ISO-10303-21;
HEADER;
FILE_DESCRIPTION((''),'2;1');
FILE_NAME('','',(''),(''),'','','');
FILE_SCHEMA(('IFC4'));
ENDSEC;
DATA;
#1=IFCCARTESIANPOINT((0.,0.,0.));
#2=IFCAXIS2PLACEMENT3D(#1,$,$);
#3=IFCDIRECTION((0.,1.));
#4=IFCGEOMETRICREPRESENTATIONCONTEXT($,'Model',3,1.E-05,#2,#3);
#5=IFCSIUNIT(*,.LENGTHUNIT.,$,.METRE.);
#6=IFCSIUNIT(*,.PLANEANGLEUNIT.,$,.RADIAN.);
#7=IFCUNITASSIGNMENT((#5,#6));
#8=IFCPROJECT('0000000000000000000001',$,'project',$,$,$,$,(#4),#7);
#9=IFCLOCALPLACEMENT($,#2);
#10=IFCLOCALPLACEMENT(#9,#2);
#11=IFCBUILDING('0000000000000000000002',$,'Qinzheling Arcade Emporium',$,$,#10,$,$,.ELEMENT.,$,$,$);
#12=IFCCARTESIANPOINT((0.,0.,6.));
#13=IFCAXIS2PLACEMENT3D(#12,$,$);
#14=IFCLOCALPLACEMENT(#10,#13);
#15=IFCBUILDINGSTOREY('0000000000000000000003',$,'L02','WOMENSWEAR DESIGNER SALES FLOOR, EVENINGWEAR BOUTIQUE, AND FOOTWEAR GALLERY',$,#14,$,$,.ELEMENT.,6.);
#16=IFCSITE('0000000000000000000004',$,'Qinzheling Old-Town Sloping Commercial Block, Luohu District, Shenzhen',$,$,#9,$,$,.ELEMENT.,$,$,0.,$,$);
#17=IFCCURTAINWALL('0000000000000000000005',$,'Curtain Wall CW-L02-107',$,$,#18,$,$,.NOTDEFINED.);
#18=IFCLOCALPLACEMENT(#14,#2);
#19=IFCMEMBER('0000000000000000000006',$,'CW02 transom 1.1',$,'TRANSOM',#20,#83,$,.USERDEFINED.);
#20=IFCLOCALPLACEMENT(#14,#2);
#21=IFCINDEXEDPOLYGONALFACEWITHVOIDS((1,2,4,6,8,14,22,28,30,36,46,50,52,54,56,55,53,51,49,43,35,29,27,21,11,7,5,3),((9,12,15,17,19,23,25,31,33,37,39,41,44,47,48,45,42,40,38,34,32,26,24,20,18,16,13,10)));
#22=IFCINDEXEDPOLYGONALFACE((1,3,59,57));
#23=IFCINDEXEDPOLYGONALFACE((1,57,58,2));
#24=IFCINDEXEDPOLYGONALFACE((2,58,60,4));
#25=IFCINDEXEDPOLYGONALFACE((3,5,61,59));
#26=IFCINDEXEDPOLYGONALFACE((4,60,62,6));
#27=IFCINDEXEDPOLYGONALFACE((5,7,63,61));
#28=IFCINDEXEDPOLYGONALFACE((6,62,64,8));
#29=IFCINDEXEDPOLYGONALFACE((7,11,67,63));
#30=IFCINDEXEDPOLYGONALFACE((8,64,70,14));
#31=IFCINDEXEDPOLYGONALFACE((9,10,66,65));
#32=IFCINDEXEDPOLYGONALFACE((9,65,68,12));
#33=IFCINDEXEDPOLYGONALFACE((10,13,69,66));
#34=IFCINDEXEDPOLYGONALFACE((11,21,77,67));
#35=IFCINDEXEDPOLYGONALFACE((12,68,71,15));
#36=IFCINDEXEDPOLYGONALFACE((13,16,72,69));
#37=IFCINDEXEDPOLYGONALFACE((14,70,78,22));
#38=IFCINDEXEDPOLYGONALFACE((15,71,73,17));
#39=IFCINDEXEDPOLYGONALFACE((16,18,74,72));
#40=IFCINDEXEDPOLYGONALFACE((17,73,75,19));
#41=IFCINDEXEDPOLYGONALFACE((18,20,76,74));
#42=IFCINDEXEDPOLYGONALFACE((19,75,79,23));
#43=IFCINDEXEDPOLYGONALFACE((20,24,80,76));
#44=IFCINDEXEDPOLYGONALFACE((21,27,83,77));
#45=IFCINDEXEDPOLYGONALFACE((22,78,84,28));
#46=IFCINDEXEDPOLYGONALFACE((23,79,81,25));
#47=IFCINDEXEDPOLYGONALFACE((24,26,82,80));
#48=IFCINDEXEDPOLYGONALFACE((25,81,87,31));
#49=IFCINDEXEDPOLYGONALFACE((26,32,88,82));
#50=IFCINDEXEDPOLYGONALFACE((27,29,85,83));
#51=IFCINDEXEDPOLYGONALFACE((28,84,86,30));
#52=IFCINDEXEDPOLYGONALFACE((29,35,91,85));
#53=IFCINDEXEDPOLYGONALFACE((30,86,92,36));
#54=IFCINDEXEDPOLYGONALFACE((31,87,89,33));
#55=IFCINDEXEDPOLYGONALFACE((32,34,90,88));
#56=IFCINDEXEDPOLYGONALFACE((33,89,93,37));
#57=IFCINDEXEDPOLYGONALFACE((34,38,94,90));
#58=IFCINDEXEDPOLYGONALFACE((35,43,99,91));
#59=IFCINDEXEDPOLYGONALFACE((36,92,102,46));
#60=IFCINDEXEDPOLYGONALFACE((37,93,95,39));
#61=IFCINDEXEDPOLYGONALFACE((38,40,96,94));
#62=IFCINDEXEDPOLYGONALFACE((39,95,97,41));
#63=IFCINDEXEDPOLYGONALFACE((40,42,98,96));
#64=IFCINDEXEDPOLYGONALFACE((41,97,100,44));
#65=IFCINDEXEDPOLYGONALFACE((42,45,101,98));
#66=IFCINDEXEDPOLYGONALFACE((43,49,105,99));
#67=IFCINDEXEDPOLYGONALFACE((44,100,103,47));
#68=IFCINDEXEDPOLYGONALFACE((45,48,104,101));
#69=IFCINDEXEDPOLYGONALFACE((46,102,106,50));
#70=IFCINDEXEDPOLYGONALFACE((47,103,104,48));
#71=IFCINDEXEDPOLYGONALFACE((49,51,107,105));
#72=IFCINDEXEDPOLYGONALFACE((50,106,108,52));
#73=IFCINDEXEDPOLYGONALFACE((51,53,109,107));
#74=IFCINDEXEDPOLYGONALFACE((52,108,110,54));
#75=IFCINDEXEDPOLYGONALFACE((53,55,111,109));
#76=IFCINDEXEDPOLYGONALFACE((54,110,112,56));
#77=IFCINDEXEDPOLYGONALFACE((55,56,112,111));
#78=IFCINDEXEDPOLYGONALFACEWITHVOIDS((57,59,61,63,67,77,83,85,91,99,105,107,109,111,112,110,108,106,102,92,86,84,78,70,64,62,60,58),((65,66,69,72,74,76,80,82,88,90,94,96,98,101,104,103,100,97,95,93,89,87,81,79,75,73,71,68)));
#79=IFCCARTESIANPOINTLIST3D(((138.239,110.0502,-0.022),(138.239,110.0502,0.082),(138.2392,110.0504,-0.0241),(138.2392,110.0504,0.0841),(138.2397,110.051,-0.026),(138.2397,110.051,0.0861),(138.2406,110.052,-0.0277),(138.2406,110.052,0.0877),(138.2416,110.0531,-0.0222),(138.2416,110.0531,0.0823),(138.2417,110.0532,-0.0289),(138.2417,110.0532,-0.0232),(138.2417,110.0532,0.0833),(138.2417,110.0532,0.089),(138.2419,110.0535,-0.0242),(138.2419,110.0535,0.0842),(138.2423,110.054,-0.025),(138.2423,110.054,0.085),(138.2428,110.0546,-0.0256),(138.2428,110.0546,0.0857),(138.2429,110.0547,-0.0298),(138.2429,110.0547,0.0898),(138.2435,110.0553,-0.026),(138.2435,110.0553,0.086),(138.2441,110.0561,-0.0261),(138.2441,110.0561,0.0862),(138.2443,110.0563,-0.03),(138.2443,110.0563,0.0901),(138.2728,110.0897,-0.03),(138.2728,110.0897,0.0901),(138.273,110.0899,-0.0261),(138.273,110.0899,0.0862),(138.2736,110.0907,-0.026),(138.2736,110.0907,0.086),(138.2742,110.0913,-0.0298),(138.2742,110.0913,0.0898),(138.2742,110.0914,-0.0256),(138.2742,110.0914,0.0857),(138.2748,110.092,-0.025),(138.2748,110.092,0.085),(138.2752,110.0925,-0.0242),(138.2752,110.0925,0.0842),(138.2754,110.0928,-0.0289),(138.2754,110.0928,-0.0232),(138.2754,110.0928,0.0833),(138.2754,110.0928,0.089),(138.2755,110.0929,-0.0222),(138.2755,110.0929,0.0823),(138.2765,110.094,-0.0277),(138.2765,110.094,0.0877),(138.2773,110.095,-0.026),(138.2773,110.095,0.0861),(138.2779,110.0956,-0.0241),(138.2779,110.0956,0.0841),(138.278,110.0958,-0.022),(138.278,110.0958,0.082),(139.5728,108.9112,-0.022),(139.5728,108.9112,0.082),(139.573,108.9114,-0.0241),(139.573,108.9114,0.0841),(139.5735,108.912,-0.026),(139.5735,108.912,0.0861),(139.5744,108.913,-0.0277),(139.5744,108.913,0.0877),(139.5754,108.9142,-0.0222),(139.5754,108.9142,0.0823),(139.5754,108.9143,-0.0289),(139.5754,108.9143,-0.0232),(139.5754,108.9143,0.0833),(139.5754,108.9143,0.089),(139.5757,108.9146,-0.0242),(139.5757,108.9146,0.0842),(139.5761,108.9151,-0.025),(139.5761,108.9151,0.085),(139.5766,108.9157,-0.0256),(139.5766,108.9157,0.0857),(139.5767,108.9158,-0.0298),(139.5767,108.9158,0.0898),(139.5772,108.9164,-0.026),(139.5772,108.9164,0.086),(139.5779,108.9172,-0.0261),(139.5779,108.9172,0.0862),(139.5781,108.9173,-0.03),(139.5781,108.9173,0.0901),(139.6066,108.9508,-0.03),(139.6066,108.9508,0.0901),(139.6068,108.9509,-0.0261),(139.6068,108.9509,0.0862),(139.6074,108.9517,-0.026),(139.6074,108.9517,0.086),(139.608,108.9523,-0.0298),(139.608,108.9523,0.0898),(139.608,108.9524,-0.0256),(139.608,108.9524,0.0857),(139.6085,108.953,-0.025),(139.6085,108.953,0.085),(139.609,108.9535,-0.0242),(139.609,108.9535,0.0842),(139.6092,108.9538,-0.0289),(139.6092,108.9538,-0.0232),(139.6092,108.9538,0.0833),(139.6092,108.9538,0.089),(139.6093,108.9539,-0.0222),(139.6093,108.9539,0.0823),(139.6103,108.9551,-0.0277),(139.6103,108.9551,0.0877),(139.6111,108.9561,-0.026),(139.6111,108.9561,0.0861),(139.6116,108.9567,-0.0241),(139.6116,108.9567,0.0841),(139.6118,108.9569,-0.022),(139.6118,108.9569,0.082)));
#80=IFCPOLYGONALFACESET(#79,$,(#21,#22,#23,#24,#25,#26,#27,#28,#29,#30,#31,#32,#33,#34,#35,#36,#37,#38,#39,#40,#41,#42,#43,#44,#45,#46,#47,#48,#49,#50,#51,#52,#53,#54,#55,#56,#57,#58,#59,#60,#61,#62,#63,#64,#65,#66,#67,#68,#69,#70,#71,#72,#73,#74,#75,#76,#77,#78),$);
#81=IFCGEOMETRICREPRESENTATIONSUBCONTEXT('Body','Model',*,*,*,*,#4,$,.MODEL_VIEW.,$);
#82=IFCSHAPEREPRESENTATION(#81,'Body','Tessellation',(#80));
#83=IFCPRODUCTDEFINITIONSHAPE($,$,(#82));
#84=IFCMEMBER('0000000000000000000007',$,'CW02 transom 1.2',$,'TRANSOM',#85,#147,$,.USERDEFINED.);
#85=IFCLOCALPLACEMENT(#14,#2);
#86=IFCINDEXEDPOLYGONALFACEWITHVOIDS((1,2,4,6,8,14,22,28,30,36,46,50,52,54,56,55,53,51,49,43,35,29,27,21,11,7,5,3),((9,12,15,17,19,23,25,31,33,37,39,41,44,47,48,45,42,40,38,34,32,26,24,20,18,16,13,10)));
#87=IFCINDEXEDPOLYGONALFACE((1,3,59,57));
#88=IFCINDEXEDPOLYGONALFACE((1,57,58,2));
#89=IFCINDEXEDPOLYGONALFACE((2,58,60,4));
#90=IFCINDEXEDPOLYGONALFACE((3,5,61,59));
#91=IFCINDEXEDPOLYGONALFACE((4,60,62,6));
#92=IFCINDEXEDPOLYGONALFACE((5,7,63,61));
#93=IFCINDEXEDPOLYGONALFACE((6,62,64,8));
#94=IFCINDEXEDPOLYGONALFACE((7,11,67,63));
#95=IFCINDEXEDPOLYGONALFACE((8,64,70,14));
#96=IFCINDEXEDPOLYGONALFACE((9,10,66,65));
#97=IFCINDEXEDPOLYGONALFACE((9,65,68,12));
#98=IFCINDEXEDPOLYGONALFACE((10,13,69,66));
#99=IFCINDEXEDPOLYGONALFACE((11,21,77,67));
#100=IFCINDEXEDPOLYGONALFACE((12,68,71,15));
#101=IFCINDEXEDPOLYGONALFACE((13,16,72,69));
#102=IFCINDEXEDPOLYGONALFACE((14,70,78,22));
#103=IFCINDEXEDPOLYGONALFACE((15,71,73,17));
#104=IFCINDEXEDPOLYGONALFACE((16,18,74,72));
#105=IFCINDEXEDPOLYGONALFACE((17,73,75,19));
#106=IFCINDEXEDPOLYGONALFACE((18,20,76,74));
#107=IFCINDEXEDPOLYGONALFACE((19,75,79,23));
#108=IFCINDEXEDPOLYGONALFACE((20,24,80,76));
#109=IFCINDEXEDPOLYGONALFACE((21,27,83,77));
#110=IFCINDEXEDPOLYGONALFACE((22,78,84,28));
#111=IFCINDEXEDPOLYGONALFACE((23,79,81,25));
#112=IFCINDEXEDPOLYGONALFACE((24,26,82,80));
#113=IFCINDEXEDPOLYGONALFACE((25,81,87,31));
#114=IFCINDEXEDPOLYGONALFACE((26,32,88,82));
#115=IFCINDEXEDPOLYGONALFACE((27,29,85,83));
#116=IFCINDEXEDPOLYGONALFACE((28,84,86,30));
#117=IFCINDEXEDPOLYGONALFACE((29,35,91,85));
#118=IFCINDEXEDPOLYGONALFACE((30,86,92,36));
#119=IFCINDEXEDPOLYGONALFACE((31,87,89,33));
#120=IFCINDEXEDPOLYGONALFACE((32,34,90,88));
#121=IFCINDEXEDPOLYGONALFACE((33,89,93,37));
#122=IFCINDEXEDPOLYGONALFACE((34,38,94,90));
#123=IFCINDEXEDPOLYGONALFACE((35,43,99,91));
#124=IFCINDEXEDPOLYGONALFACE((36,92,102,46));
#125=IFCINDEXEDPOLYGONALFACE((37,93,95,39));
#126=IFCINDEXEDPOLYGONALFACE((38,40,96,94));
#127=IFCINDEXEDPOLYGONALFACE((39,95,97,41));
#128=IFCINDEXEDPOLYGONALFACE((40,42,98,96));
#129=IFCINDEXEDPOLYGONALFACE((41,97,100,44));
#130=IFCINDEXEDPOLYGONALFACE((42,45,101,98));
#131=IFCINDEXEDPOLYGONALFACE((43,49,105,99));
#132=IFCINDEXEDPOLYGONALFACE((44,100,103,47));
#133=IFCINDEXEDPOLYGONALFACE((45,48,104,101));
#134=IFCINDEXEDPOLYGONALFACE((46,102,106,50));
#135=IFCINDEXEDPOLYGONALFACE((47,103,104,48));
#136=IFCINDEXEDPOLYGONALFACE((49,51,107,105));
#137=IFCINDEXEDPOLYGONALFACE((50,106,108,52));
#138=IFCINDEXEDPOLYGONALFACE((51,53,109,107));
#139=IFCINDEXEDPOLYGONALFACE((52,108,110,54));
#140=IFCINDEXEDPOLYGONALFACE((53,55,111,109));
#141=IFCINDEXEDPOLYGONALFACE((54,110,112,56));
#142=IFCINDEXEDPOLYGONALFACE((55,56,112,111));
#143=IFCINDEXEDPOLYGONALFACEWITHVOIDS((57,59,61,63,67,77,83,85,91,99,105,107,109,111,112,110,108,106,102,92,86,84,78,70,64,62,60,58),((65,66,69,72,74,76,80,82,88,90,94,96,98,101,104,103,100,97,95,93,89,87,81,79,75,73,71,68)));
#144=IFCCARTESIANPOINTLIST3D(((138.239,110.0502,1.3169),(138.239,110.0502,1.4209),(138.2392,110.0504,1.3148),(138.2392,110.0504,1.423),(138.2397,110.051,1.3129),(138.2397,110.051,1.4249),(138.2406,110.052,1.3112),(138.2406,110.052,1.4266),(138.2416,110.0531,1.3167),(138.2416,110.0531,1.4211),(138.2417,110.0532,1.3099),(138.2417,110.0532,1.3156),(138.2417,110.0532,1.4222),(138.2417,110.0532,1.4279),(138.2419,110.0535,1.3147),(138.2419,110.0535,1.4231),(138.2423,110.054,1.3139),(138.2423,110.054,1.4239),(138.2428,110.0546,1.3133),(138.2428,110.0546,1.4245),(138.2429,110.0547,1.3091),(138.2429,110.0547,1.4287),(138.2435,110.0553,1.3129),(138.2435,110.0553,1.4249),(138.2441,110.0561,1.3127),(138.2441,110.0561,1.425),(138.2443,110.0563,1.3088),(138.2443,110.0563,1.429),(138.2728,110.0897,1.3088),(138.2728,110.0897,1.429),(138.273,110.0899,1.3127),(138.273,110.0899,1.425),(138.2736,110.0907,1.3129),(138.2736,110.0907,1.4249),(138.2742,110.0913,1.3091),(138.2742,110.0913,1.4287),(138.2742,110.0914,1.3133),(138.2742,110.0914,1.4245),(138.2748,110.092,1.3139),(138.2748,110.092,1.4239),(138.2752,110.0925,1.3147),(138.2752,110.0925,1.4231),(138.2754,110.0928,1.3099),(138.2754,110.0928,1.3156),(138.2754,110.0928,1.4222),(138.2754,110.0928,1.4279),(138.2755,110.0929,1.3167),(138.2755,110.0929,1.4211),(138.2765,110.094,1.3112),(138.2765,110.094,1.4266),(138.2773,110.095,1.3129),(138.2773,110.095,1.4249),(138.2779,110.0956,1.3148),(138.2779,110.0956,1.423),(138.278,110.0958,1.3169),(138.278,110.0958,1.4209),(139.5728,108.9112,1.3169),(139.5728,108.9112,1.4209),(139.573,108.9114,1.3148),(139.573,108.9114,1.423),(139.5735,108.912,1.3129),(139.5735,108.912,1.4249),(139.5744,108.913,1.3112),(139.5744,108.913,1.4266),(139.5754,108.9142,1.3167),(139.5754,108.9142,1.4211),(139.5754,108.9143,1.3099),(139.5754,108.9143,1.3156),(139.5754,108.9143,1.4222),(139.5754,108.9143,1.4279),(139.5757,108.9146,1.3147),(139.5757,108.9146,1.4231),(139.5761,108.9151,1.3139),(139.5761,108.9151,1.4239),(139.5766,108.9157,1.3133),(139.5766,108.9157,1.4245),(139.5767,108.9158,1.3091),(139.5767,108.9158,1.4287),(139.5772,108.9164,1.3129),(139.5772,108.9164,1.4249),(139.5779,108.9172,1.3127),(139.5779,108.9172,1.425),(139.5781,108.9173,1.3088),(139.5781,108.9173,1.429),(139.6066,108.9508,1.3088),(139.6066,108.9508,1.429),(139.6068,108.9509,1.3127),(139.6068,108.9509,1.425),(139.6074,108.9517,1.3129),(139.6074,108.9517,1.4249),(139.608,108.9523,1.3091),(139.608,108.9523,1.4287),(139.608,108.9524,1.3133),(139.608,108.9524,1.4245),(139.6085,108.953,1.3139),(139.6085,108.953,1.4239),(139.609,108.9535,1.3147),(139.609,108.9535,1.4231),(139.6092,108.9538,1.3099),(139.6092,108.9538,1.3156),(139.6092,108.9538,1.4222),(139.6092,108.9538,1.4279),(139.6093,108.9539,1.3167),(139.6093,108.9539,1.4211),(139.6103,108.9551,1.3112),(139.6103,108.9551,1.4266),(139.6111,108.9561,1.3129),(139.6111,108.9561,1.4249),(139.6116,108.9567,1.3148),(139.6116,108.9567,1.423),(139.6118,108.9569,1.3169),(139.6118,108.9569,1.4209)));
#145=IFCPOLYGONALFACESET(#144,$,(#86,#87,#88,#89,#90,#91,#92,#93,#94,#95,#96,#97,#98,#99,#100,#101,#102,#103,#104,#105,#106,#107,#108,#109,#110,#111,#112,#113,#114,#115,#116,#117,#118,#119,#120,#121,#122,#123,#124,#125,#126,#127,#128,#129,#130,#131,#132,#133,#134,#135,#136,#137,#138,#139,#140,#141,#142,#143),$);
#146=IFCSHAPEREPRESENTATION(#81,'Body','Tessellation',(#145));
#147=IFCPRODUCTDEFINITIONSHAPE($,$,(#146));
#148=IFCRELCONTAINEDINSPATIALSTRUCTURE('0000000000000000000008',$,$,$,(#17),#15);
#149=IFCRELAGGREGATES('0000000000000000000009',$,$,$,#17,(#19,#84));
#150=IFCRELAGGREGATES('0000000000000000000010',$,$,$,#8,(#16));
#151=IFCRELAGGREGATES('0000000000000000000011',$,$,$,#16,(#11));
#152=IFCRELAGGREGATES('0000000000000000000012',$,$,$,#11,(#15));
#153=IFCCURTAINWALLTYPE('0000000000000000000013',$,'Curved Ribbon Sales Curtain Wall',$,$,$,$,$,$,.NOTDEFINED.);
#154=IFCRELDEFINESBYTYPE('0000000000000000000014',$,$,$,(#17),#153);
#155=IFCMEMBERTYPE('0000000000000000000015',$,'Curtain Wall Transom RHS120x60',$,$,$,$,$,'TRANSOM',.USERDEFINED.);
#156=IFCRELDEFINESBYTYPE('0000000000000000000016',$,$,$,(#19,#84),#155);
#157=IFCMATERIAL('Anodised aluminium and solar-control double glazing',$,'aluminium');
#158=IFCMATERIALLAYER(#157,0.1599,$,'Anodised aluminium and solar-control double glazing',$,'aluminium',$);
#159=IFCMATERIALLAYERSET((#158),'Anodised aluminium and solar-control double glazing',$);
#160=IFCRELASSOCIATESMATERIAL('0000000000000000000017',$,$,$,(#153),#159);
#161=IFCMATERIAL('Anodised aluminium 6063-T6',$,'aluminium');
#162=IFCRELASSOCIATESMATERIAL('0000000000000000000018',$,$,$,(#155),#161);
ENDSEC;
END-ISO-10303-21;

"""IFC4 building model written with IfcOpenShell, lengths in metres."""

from ifc_helpers import new_model, si_unit, direction, frame, origin, origin_2d, place, context, subcontext, project, spatial, hollow_rectangle, extrude, material, layer, layer_set, material_profile, profile_set, type_object, element, aggregate, save


model = new_model("IFC4")

# Units and contexts
model_context = context("Model", 3, precision=1e-05, world=origin(), true_north=direction((0.0, 1.0)))
body_context = subcontext(model_context, "Body", "Model", "MODEL_VIEW")
ifc_project = project(units=[si_unit("LENGTHUNIT", "METRE"), si_unit("PLANEANGLEUNIT", "RADIAN")], contexts=[model_context])

# Site, building, storey
site_placement = place(None, origin())
site = spatial("IfcSite", under=ifc_project, at=site_placement, Name="Qinzheling Old-Town Sloping Commercial Block, Luohu District, Shenzhen", CompositionType="ELEMENT", RefElevation=0.0)
building_placement = place(site_placement, origin())
building = spatial("IfcBuilding", under=site, at=building_placement, Name="Qinzheling Arcade Emporium", CompositionType="ELEMENT")
storey_placement = place(building_placement, frame((0.0, 0.0, 6.0)))
storey = spatial("IfcBuildingStorey", under=building, at=storey_placement, Name="L02", Description="WOMENSWEAR DESIGNER SALES FLOOR, EVENINGWEAR BOUTIQUE, AND FOOTWEAR GALLERY", CompositionType="ELEMENT", Elevation=6.0)

# Shared definitions
ifc_material_1 = material(Name="Anodised aluminium and solar-control double glazing", Category="aluminium")
ifc_layer_1 = layer(ifc_material_1, 0.1599, Name="Anodised aluminium and solar-control double glazing", Category="aluminium")
ifc_layer_set_1 = layer_set([ifc_layer_1], Name="Anodised aluminium and solar-control double glazing")
curtain_wall_type = type_object("IfcCurtainWallType", Name="Curved Ribbon Sales Curtain Wall", PredefinedType="NOTDEFINED", material=ifc_layer_set_1)
ifc_material_2 = material(Name="Anodised aluminium 6063-T6", Category="aluminium")

# Curtain wall, members
curtain_wall_1_placement = place(storey_placement, origin())
curtain_wall_1 = element("IfcCurtainWall", 1, at=curtain_wall_1_placement, inside=storey, type_object=curtain_wall_type, Name="Curtain Wall CW-L02-107", PredefinedType="NOTDEFINED")
ifc_material_profile_1 = material_profile(ifc_material_2, hollow_rectangle(XDim=0.0601, YDim=0.1201, WallThickness=0.0039, InnerFilletRadius=0.0039, OuterFilletRadius=0.0081, at=origin_2d()), Name="RHS 120x60x4", Category="aluminium")
ifc_profile_set_1 = profile_set([ifc_material_profile_1], Name="Anodised aluminium 6063-T6")
member_type_1 = type_object("IfcMemberType", Name="Curtain Wall Transom RHS120x60", ElementType="TRANSOM", PredefinedType="USERDEFINED", material=ifc_profile_set_1)
member_1_placement = place(storey_placement, frame((138.2585, 110.073, 0.03), z_axis=(0.760464, -0.64938, 0.0), x_axis=(0.64938, 0.760464, 0.0)))
member_1 = element("IfcMember", 2, at=member_1_placement, type_object=member_type_1, Name="CW02 transom 1.1", ObjectType="TRANSOM", PredefinedType="USERDEFINED", context=body_context, shape_type="SweptSolid", body=[
    extrude(hollow_rectangle(XDim=0.0601, YDim=0.1201, WallThickness=0.0039, InnerFilletRadius=0.0039, OuterFilletRadius=0.0081, at=origin_2d()), origin(), (0.0, 0.0, 1.0), 1.7539),
])
member_2_placement = place(storey_placement, frame((138.2585, 110.073, 1.3689), z_axis=(0.760464, -0.64938, 0.0), x_axis=(0.64938, 0.760464, 0.0)))
member_2 = element("IfcMember", 3, at=member_2_placement, type_object=member_type_1, Name="CW02 transom 1.2", ObjectType="TRANSOM", PredefinedType="USERDEFINED", context=body_context, shape_type="SweptSolid", body=[
    extrude(hollow_rectangle(XDim=0.0601, YDim=0.1201, WallThickness=0.0039, InnerFilletRadius=0.0039, OuterFilletRadius=0.0081, at=origin_2d()), origin(), (0.0, 0.0, 1.0), 1.7539),
])

aggregate(curtain_wall_1, [member_1, member_2])

save(model, "model.ifc")
